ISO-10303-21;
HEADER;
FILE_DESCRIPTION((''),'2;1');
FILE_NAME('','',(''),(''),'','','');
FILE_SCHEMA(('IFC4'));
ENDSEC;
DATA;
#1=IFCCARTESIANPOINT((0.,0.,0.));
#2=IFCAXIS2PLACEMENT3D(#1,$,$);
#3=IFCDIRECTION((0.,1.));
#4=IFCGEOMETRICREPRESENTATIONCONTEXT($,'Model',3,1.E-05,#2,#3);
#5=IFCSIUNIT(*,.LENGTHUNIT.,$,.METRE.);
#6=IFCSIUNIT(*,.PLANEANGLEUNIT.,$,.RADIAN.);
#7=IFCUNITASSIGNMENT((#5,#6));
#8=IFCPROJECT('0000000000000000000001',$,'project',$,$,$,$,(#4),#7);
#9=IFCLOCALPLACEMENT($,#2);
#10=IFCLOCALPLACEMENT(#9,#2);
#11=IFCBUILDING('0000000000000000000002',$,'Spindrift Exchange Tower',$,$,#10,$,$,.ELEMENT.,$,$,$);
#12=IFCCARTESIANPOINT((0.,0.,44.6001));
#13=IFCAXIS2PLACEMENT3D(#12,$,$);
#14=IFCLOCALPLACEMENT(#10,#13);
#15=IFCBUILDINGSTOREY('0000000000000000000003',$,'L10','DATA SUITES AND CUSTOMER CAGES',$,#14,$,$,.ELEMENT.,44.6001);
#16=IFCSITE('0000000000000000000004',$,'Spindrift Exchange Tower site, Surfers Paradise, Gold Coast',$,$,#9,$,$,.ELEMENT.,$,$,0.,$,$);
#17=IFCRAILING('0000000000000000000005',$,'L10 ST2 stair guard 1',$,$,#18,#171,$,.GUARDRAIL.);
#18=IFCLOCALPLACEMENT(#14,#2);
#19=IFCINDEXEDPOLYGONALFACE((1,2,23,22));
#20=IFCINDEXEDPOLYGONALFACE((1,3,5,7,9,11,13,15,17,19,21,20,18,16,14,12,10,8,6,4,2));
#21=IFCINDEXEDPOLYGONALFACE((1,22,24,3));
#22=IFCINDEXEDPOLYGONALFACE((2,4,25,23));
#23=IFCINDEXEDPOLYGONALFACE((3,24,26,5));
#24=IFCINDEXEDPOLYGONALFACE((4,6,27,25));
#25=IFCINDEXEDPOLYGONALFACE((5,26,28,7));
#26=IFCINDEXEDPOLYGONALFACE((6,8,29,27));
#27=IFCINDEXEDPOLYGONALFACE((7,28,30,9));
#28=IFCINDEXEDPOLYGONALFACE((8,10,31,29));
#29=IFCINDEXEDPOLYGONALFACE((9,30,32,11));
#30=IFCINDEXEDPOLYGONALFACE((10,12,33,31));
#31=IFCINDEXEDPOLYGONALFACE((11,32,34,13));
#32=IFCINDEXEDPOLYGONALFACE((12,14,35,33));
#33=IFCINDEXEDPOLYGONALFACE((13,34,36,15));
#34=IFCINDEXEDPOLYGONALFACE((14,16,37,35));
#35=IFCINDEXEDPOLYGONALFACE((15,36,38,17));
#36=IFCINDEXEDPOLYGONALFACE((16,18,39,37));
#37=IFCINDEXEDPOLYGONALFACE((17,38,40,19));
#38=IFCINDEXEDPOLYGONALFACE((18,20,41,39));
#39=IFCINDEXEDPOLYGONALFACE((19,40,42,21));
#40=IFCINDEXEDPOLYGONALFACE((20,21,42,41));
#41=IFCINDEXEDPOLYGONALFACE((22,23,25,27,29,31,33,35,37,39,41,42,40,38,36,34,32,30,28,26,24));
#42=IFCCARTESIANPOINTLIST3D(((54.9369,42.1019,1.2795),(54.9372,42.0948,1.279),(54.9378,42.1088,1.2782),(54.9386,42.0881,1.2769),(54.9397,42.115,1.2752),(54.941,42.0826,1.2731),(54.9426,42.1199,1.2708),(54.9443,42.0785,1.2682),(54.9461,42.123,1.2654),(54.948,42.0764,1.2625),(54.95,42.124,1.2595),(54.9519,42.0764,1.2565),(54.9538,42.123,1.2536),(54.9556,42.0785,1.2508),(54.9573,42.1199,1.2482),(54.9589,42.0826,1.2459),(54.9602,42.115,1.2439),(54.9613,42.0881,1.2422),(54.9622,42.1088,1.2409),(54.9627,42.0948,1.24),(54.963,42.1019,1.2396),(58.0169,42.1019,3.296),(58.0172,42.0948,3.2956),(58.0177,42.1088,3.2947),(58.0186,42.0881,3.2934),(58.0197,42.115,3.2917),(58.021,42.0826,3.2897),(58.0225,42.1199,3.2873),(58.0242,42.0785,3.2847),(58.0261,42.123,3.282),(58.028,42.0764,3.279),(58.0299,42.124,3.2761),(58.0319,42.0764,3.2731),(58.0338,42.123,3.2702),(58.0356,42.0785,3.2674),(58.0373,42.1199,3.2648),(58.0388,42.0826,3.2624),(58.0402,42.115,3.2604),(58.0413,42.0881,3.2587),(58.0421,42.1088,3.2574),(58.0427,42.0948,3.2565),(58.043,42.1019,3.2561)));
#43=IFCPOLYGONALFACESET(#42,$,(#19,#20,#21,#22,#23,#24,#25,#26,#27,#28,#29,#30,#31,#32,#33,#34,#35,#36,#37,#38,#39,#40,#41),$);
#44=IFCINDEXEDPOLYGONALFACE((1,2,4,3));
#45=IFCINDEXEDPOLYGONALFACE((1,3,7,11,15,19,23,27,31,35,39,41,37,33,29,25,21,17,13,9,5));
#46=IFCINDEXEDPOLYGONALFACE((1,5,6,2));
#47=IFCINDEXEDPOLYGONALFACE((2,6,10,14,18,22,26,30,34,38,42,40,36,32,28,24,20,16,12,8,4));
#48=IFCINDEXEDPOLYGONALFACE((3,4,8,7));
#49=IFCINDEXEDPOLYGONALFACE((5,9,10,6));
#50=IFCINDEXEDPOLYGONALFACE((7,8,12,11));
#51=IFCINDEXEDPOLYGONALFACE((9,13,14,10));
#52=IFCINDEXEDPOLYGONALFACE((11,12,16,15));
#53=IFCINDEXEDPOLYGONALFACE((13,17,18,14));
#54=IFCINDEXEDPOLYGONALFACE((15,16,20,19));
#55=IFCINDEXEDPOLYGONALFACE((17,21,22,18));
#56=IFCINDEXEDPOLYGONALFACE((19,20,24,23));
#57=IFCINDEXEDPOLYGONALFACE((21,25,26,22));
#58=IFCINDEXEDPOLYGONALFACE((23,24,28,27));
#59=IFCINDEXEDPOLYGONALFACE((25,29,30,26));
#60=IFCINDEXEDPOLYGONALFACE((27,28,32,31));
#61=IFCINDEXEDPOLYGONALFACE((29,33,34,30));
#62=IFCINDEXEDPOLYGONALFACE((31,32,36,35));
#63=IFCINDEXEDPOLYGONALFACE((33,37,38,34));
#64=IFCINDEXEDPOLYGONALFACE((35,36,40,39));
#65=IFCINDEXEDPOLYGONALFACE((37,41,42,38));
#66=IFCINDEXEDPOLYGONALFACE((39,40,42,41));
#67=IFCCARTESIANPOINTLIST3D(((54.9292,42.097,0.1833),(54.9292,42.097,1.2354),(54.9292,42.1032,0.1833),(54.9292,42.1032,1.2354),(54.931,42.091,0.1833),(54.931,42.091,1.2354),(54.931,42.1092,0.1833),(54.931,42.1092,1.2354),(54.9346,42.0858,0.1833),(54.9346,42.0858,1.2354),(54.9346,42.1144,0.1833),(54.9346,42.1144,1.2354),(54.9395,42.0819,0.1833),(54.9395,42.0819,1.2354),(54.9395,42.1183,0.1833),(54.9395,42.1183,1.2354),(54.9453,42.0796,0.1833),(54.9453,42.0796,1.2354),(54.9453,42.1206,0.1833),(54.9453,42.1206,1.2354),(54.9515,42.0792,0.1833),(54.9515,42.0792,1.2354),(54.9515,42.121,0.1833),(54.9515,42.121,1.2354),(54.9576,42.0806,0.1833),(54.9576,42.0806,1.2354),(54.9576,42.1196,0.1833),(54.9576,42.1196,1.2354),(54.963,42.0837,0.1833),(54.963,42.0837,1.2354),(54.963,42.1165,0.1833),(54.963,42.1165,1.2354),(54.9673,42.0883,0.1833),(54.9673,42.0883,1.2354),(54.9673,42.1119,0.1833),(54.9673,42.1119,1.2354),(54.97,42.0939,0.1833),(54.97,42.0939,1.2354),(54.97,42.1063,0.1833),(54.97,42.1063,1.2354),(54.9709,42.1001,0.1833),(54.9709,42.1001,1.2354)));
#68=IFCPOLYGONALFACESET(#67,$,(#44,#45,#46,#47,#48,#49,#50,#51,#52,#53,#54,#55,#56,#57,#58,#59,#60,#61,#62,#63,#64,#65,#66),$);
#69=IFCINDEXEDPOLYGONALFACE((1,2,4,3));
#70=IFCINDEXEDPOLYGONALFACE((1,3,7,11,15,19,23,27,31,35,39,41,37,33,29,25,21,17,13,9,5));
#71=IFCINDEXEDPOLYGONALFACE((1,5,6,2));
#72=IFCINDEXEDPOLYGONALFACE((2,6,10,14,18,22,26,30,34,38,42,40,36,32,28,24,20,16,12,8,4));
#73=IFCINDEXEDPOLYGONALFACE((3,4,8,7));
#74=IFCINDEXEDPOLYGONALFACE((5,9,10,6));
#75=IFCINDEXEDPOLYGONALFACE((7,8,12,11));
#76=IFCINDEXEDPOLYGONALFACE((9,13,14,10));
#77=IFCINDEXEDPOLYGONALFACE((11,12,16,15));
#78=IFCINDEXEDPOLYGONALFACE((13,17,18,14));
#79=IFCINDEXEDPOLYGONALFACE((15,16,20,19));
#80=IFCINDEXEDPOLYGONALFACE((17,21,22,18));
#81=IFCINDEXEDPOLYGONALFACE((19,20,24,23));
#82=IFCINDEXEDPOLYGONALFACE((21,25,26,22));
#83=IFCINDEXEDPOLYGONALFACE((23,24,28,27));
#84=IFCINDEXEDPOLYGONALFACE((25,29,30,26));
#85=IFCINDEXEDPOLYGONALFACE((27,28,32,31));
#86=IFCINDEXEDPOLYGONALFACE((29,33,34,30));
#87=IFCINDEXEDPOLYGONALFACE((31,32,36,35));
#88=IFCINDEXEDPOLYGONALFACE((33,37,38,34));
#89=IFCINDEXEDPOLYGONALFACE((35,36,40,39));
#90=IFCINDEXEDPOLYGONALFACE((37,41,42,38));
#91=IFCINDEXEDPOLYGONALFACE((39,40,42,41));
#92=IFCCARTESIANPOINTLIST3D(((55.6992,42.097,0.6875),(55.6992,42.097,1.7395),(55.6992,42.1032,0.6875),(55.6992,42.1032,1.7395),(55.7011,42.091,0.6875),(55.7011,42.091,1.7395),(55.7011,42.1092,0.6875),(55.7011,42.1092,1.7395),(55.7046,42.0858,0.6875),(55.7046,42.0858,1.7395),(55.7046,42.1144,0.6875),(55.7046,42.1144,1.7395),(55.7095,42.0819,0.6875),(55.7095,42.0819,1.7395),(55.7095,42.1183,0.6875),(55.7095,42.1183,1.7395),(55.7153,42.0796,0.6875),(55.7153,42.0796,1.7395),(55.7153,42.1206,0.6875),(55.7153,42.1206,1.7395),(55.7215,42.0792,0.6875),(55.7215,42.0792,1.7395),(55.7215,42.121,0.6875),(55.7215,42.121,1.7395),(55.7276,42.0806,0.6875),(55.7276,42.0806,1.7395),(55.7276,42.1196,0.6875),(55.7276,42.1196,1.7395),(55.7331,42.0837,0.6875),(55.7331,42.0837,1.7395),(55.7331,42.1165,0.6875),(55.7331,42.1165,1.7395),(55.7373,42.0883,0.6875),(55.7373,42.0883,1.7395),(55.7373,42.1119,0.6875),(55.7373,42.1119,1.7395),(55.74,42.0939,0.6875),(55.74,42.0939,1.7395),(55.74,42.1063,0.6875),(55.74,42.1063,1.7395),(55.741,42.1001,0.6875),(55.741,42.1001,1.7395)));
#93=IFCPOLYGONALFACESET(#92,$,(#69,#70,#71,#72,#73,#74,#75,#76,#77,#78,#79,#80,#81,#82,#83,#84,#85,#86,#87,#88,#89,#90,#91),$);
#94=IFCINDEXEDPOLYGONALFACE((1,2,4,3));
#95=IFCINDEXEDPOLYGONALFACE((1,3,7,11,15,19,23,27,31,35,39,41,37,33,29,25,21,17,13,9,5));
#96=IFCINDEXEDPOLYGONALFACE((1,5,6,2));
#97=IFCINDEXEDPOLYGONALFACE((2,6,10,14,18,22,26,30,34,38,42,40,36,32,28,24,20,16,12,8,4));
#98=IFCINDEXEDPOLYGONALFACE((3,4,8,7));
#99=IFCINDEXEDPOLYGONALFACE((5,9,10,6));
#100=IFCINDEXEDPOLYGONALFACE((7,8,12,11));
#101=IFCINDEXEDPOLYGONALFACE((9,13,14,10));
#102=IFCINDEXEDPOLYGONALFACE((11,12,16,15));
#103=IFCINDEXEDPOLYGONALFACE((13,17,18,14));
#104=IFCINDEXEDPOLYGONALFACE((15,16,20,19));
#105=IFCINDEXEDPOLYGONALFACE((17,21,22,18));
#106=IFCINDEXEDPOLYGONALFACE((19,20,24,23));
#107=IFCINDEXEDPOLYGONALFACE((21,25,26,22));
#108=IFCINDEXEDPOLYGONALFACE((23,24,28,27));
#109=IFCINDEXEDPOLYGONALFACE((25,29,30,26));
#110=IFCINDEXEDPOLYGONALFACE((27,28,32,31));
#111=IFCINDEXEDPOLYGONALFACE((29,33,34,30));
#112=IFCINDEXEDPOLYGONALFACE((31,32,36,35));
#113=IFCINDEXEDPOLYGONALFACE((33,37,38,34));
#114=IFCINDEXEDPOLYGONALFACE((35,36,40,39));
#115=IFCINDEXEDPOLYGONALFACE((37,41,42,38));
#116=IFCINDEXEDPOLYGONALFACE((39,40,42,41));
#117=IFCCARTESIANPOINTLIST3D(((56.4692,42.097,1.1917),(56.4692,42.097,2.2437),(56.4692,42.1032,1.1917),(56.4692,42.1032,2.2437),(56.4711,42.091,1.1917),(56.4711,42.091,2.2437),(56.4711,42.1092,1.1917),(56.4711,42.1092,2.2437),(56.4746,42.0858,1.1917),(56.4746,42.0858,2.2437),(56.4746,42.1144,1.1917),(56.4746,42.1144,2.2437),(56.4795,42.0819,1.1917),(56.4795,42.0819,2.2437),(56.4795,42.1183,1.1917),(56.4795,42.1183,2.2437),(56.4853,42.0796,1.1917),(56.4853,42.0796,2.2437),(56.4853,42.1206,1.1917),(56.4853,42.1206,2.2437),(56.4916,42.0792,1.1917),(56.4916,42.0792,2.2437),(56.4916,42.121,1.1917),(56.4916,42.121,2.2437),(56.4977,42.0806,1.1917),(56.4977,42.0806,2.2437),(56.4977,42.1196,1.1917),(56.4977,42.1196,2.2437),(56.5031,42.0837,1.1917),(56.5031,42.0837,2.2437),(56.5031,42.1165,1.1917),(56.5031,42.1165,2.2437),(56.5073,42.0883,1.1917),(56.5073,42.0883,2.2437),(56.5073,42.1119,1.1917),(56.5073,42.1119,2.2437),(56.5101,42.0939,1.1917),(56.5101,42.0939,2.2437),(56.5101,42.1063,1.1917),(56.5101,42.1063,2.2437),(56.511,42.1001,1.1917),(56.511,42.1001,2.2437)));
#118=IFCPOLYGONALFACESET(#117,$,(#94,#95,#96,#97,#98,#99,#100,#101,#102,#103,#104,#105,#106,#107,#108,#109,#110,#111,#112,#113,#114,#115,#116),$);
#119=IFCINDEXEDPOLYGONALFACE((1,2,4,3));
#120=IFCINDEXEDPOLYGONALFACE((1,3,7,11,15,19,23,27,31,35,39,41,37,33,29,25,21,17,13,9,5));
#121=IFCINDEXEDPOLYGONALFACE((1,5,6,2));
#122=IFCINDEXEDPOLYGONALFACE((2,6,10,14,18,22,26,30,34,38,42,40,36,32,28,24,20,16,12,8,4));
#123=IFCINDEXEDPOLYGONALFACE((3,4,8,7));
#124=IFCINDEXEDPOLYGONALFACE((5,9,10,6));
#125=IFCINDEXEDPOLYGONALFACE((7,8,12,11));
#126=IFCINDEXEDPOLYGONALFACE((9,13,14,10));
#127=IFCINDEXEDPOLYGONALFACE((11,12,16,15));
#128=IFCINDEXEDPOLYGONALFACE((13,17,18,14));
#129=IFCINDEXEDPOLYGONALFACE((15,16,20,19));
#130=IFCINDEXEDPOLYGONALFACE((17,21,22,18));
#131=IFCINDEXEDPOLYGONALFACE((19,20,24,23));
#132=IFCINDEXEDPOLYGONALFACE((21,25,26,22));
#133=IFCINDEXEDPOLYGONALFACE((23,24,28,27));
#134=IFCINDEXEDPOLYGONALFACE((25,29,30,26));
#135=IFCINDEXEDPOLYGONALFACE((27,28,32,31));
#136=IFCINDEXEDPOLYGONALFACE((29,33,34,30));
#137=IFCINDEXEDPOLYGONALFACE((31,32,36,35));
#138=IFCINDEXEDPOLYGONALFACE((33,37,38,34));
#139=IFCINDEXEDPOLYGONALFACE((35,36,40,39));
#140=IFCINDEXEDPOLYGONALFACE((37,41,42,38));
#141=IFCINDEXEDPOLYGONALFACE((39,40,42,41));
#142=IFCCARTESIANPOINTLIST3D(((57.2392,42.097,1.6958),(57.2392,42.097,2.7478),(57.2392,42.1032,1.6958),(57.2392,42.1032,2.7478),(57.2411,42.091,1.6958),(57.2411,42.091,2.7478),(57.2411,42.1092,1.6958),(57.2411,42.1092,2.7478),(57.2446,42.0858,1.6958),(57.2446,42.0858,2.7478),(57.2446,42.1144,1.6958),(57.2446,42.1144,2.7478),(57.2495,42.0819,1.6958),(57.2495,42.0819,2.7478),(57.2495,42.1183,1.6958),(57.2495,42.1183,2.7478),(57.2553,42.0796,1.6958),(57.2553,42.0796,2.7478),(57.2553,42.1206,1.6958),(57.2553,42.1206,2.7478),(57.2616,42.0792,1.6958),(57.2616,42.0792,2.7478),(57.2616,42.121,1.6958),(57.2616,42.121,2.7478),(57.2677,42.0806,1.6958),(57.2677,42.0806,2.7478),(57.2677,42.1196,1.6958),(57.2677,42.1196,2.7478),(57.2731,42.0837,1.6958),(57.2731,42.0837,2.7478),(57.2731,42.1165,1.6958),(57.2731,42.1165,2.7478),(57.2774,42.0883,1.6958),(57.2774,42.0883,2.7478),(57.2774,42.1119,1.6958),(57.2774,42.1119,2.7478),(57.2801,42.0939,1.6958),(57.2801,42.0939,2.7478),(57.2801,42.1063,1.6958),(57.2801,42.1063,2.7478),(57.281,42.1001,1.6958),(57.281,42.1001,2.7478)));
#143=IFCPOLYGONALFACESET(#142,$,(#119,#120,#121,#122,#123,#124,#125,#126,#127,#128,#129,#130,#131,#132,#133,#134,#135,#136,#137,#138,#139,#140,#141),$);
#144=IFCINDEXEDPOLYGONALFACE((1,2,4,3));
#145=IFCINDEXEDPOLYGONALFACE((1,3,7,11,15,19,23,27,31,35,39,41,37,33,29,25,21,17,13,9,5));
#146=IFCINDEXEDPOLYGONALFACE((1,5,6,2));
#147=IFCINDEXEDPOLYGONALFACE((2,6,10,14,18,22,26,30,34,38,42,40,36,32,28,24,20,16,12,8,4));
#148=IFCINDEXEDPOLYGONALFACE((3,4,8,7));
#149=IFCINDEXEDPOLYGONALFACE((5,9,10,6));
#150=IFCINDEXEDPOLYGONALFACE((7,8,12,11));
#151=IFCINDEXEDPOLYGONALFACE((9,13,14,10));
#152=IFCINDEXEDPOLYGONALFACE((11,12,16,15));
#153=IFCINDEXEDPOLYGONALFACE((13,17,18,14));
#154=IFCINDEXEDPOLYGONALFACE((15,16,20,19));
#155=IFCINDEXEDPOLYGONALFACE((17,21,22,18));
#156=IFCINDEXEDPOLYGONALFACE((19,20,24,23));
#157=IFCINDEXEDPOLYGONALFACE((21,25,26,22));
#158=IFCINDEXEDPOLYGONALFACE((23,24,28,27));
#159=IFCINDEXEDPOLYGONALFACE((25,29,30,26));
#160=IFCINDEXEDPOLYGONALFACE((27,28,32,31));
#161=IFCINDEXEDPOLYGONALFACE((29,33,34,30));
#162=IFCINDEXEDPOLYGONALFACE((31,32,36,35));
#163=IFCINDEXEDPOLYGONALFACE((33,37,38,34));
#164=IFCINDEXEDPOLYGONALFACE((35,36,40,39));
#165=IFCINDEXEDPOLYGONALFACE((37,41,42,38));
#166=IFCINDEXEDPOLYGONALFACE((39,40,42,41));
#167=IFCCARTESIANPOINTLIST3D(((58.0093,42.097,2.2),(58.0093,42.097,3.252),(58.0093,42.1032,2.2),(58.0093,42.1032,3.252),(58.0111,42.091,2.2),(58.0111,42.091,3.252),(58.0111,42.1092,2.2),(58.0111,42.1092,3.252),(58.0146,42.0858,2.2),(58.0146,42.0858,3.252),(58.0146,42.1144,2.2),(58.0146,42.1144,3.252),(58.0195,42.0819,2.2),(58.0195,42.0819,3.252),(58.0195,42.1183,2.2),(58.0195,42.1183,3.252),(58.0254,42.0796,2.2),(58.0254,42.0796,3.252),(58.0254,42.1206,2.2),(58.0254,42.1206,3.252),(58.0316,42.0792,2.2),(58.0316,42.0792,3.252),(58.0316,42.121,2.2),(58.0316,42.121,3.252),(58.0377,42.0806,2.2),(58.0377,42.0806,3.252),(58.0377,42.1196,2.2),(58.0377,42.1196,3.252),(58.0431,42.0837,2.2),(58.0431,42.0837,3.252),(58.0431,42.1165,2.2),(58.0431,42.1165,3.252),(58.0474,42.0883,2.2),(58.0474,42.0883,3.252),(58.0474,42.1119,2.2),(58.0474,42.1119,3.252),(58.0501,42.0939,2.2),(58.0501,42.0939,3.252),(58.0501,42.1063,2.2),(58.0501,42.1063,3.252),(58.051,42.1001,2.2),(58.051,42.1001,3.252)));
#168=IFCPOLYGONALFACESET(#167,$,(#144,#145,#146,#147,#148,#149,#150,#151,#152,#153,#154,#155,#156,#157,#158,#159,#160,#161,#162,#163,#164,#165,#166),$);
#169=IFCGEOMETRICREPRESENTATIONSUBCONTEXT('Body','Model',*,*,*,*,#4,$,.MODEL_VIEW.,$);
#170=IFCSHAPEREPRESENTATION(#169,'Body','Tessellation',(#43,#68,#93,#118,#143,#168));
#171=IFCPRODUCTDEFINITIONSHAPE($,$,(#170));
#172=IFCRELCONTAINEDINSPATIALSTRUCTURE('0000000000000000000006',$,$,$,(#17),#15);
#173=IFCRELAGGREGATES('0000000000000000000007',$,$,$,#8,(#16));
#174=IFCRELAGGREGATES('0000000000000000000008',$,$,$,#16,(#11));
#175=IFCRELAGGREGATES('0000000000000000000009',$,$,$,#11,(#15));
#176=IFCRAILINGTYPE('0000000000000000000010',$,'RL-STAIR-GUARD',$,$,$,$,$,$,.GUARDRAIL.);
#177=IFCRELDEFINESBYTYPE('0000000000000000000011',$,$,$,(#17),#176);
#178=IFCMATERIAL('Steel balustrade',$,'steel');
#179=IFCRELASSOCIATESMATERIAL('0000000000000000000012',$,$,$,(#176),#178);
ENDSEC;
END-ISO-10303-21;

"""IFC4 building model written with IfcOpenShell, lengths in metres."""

from ifc_helpers import new_model, si_unit, direction, frame, origin, origin_2d, place, context, subcontext, project, spatial, circle, extrude, material, type_object, element, save


model = new_model("IFC4")

# Units and contexts
model_context = context("Model", 3, precision=1e-05, world=origin(), true_north=direction((0.0, 1.0)))
body_context = subcontext(model_context, "Body", "Model", "MODEL_VIEW")
ifc_project = project(units=[si_unit("LENGTHUNIT", "METRE"), si_unit("PLANEANGLEUNIT", "RADIAN")], contexts=[model_context])

# Site, building, storey
site_placement = place(None, origin())
site = spatial("IfcSite", under=ifc_project, at=site_placement, Name="Spindrift Exchange Tower site, Surfers Paradise, Gold Coast", CompositionType="ELEMENT", RefElevation=0.0)
building_placement = place(site_placement, origin())
building = spatial("IfcBuilding", under=site, at=building_placement, Name="Spindrift Exchange Tower", CompositionType="ELEMENT")
storey_placement = place(building_placement, frame((0.0, 0.0, 44.6001)))
storey = spatial("IfcBuildingStorey", under=building, at=storey_placement, Name="L10", Description="DATA SUITES AND CUSTOMER CAGES", CompositionType="ELEMENT", Elevation=44.6001)

# Railing
ifc_material_1 = material(Name="Steel balustrade", Category="steel")
railing_type_1 = type_object("IfcRailingType", Name="RL-STAIR-GUARD", PredefinedType="GUARDRAIL", material=ifc_material_1)
railing_1_placement = place(storey_placement, frame((54.95, 42.1001, 0.1833)))
element("IfcRailing", 1, at=railing_1_placement, inside=storey, type_object=railing_type_1, Name="L10 ST2 stair guard 1", PredefinedType="GUARDRAIL", context=body_context, shape_type="SweptSolid", body=[
    extrude(circle(Radius=0.0239, at=origin_2d()), frame((0.0, 0.0, 1.0762), z_axis=(0.836633, 0.0, 0.547764), x_axis=(0.0, 1.0, 0.0)), (0.0, 0.0, 1.0), 3.6814),
    extrude(circle(Radius=0.021, at=origin_2d()), origin(), (0.0, 0.0, 1.0), 1.052),
    extrude(circle(Radius=0.021, at=origin_2d()), frame((0.77, 0.0, 0.5042)), (0.0, 0.0, 1.0), 1.052),
    extrude(circle(Radius=0.021, at=origin_2d()), frame((1.54, 0.0, 1.0083)), (0.0, 0.0, 1.0), 1.052),
    extrude(circle(Radius=0.021, at=origin_2d()), frame((2.3101, 0.0, 1.5125)), (0.0, 0.0, 1.0), 1.052),
    extrude(circle(Radius=0.021, at=origin_2d()), frame((3.0801, 0.0, 2.0166)), (0.0, 0.0, 1.0), 1.052),
])

save(model, "model.ifc")
